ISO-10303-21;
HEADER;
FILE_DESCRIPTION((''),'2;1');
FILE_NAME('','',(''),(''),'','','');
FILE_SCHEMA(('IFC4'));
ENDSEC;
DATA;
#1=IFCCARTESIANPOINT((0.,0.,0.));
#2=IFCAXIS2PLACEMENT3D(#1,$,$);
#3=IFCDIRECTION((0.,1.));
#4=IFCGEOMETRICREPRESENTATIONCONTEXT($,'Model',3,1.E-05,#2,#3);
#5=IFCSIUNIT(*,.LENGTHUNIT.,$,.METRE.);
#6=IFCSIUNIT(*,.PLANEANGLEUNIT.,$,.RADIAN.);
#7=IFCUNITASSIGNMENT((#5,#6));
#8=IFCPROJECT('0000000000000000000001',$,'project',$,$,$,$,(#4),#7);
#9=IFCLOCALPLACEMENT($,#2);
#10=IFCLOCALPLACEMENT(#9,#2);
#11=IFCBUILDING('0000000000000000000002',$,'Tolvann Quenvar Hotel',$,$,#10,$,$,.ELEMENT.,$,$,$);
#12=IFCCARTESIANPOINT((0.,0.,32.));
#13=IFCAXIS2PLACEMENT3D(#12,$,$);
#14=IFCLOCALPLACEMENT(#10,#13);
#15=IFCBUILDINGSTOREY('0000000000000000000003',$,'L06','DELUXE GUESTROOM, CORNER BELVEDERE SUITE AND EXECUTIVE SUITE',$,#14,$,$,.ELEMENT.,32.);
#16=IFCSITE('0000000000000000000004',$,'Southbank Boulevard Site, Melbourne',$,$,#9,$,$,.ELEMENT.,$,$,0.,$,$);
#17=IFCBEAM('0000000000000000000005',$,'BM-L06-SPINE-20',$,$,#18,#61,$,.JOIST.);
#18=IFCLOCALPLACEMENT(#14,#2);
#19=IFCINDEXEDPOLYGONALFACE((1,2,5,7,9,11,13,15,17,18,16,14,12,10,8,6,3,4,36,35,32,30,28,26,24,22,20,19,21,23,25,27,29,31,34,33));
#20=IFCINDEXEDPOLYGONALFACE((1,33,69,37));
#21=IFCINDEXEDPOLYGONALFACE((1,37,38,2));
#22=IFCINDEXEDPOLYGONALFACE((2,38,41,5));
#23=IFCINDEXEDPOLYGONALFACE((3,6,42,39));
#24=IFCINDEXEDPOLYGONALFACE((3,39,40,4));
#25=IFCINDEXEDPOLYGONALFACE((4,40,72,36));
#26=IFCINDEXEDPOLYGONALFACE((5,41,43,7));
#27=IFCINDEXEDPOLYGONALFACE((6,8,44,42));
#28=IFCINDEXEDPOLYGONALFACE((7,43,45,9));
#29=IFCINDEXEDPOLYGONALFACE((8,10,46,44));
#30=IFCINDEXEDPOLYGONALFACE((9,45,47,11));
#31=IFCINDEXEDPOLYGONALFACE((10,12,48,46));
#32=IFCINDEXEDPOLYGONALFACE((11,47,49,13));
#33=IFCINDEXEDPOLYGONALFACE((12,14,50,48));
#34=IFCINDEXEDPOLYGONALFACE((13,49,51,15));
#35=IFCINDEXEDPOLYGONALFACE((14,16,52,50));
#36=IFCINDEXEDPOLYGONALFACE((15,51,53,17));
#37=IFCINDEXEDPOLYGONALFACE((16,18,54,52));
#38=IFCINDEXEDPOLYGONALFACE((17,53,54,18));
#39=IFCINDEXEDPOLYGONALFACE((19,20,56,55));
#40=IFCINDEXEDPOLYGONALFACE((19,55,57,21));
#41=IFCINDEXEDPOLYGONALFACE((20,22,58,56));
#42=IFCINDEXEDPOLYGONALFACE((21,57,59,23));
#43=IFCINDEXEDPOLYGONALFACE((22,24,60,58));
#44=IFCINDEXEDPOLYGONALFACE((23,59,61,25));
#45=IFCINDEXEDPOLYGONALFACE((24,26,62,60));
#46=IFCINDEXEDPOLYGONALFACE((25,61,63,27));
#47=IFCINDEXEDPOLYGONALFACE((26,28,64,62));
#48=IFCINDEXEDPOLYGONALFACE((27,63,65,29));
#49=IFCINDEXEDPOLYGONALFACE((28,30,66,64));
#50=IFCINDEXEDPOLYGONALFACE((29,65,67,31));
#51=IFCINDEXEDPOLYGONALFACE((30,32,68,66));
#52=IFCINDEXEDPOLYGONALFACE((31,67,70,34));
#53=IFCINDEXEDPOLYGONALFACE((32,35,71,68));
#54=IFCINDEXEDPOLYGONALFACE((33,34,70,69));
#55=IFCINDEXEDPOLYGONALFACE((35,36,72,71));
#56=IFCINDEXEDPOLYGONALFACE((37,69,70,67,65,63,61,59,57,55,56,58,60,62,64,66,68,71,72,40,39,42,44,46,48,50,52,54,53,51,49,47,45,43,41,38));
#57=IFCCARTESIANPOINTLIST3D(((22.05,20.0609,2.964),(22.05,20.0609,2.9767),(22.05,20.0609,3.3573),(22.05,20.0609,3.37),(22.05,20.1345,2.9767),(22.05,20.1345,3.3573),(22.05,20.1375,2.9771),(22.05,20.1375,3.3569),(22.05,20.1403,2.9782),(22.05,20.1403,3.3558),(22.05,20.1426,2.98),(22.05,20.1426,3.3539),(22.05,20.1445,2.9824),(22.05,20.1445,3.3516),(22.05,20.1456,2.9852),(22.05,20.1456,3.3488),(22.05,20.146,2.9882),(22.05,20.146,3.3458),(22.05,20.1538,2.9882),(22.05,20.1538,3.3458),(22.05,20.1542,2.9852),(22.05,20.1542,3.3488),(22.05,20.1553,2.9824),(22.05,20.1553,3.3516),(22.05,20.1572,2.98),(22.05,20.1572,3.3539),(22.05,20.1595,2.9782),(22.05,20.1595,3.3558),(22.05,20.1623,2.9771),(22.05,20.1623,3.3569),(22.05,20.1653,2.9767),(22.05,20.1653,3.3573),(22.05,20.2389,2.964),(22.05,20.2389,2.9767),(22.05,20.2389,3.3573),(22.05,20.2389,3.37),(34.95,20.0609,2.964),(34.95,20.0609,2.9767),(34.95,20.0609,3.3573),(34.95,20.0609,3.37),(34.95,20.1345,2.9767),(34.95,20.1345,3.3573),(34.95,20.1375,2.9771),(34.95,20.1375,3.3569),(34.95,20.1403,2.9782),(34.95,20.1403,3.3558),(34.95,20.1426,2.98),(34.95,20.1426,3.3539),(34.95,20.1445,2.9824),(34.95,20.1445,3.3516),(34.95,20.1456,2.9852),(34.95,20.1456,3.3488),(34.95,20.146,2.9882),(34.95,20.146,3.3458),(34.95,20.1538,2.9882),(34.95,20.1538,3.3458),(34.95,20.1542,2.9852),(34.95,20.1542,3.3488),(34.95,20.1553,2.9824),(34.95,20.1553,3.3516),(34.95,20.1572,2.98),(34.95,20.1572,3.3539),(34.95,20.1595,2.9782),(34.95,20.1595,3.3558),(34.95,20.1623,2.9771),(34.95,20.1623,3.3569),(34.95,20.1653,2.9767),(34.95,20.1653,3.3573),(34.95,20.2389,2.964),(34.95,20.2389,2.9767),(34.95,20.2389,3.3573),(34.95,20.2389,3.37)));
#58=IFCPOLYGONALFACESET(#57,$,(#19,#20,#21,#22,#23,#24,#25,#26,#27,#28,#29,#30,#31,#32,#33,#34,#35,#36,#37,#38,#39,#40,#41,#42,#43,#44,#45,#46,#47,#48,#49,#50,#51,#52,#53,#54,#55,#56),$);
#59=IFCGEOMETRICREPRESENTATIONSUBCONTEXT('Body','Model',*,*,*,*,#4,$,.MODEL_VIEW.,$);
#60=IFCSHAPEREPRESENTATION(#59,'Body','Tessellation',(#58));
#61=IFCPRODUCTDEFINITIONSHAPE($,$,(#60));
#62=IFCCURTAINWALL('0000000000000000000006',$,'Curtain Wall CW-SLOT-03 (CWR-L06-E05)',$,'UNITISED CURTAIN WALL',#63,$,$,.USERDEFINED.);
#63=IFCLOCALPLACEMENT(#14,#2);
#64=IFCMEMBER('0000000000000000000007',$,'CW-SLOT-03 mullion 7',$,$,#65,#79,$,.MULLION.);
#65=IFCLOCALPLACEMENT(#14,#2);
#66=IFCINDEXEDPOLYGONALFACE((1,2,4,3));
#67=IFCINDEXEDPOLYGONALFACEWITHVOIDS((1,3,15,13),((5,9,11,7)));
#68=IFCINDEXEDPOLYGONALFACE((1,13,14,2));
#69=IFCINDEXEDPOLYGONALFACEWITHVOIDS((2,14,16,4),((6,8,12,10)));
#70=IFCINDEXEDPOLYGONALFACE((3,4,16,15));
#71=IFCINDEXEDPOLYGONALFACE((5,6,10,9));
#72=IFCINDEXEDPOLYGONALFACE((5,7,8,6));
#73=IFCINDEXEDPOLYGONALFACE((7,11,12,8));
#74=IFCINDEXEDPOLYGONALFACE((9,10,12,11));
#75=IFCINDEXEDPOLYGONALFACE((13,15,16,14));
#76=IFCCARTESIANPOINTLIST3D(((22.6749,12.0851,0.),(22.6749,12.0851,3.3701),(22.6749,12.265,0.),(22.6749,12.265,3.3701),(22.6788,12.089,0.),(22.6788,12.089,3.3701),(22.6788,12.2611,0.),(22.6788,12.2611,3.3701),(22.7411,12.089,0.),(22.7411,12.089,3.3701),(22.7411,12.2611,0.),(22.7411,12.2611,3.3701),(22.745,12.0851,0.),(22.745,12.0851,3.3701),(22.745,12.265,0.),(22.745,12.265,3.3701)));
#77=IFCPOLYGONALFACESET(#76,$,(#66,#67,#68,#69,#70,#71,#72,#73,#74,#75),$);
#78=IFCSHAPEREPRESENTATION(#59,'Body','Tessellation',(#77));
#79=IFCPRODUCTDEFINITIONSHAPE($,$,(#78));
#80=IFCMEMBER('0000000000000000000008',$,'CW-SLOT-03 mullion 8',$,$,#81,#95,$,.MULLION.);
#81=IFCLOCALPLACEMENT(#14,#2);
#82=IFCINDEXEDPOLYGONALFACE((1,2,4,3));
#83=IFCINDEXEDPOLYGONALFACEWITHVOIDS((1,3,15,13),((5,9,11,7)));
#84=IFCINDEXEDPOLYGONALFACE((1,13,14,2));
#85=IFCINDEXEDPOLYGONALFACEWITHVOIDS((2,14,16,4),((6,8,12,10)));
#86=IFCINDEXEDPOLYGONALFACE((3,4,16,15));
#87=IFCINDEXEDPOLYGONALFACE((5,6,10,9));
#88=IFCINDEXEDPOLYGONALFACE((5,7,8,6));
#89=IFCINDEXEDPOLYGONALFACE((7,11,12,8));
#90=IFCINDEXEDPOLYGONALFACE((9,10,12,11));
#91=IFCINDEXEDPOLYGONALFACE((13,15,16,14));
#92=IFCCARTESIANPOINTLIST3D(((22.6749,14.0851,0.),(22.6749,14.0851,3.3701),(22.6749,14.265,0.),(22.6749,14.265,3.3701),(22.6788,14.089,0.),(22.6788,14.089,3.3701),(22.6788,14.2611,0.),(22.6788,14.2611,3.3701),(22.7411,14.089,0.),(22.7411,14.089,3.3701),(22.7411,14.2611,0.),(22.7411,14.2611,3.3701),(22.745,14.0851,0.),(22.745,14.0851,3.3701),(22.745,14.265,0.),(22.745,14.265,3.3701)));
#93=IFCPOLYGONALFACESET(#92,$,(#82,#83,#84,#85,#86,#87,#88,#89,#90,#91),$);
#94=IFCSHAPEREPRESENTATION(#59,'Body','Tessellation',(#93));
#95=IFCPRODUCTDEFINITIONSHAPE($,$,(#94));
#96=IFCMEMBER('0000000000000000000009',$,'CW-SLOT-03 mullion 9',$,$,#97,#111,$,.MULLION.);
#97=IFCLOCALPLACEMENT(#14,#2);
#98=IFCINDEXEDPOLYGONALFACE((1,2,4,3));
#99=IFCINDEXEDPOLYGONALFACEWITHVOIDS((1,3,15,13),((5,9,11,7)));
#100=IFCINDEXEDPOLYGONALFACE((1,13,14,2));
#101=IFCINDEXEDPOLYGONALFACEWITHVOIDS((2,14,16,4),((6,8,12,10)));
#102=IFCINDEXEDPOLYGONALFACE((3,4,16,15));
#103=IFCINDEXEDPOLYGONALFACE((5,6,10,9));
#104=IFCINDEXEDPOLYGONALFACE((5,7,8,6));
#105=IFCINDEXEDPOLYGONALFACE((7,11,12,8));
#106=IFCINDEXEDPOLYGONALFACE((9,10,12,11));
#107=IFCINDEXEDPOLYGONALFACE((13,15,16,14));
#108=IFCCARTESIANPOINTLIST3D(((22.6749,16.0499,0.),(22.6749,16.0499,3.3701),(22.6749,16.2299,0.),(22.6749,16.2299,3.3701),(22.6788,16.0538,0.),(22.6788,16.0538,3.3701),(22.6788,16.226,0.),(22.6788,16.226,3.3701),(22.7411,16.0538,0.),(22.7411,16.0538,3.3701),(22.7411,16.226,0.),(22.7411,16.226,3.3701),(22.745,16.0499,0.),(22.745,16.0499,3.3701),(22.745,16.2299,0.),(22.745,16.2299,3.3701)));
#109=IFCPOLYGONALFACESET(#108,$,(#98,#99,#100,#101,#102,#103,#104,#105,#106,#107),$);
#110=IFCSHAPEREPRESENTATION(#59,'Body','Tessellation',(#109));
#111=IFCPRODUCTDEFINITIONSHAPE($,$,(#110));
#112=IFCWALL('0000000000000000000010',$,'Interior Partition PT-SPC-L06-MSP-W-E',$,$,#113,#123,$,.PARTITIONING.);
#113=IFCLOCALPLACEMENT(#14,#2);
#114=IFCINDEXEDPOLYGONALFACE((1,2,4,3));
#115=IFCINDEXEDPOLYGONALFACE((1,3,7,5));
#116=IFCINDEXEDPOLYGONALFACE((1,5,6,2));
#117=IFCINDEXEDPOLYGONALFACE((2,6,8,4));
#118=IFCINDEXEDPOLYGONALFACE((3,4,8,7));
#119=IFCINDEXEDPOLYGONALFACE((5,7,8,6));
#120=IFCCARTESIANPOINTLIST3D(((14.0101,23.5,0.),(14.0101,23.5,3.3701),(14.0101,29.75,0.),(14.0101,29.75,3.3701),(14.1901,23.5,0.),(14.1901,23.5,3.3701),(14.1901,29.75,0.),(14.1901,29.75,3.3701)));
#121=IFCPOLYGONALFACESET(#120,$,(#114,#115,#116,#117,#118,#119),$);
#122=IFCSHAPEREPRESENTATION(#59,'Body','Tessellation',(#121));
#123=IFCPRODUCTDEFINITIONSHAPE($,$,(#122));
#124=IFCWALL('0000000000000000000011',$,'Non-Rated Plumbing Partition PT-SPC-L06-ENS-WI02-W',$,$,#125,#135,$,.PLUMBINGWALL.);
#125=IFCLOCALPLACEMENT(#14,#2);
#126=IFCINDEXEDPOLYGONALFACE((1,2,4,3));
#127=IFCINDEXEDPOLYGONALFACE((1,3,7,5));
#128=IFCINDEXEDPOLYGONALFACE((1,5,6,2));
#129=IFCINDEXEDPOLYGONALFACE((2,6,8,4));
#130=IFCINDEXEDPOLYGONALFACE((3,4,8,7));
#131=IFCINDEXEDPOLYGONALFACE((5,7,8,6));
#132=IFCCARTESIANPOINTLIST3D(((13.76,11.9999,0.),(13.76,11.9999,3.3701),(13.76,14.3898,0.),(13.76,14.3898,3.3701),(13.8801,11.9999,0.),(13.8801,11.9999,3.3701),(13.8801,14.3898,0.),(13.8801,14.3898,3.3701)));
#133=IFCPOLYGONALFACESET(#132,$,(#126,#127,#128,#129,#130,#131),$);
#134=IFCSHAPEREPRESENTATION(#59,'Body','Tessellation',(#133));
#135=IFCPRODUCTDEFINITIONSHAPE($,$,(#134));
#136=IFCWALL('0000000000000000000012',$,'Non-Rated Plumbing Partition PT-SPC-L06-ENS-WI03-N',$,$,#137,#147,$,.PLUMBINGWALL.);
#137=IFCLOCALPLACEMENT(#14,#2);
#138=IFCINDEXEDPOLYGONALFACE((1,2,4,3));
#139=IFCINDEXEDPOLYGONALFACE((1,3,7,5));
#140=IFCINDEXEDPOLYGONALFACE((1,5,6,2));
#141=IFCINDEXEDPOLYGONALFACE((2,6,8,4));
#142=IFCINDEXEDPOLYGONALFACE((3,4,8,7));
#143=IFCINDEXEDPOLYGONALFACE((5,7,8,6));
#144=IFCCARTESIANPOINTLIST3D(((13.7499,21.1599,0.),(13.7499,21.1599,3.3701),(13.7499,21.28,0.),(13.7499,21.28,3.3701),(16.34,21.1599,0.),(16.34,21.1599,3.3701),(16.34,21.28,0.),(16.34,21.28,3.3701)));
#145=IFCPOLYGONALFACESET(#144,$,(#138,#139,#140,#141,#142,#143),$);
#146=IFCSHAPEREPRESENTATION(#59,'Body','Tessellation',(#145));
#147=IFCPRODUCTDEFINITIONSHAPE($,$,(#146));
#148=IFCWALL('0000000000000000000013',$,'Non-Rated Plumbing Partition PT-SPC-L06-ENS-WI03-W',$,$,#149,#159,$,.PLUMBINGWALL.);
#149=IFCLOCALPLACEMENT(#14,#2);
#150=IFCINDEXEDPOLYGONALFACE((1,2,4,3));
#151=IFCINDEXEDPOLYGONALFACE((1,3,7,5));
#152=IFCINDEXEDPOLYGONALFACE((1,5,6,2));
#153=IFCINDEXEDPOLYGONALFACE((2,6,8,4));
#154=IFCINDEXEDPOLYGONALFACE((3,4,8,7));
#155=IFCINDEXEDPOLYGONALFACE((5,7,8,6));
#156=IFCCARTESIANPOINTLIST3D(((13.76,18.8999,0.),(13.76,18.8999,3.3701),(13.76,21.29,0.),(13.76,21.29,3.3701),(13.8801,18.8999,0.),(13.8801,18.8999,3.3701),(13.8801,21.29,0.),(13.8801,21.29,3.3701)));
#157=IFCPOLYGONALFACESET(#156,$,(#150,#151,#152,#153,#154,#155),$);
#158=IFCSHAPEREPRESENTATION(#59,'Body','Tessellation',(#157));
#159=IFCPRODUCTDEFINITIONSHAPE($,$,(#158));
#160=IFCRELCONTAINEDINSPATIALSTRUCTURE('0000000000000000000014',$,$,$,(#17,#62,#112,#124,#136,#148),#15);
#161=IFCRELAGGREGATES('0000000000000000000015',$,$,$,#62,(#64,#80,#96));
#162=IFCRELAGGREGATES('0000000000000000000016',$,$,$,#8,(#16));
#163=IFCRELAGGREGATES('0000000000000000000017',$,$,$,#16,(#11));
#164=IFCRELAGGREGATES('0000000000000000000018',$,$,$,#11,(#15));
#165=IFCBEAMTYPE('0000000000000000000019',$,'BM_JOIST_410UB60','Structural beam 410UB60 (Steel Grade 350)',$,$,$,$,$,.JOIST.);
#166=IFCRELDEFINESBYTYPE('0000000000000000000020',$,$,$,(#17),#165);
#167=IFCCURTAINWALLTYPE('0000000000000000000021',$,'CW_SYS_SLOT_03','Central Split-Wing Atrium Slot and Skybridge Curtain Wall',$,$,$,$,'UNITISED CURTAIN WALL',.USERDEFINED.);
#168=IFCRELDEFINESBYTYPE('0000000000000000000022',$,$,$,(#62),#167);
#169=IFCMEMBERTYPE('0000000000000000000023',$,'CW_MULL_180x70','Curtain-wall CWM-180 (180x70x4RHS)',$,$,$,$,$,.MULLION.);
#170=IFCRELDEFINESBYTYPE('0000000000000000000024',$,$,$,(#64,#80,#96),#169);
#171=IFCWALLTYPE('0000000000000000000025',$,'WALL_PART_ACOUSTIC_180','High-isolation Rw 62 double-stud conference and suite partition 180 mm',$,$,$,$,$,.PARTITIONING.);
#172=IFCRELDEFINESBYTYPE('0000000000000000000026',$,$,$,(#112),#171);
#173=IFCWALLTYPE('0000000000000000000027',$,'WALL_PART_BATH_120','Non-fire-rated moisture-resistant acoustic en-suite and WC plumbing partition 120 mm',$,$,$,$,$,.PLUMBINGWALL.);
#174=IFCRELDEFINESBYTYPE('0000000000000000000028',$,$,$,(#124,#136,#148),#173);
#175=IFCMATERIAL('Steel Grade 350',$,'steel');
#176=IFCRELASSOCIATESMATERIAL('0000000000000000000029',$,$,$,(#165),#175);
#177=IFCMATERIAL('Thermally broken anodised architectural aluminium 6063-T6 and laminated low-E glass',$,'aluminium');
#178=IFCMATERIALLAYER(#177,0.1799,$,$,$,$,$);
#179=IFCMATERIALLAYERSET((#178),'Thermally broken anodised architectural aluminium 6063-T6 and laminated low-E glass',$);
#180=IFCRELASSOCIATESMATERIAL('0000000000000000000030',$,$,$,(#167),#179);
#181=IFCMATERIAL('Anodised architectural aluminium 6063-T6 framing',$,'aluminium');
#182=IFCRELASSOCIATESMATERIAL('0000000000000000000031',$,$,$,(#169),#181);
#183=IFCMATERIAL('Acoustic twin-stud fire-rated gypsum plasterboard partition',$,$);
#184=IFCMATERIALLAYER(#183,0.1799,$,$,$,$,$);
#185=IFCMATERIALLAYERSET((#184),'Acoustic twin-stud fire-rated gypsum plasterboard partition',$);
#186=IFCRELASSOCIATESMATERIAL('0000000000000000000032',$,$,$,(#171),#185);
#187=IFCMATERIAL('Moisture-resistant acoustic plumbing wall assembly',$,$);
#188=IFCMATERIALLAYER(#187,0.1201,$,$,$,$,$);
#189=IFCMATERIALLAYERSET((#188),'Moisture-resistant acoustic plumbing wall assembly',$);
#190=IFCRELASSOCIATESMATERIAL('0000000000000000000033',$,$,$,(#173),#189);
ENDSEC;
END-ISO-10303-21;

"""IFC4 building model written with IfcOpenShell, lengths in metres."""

from ifc_helpers import new_model, si_unit, direction, frame, frame_2d, origin, origin_2d, place, context, subcontext, project, spatial, rectangle, hollow_rectangle, i_section, extrude, source, transform, mapped, material, layer, layer_set, material_profile, profile_set, type_object, type_shapes, element, aggregate, save


model = new_model("IFC4")

# Units and contexts
model_context = context("Model", 3, precision=1e-05, world=origin(), true_north=direction((0.0, 1.0)))
body_context = subcontext(model_context, "Body", "Model", "MODEL_VIEW")
ifc_project = project(units=[si_unit("LENGTHUNIT", "METRE"), si_unit("PLANEANGLEUNIT", "RADIAN")], contexts=[model_context])

# Site, building, storey
site_placement = place(None, origin())
site = spatial("IfcSite", under=ifc_project, at=site_placement, Name="Southbank Boulevard Site, Melbourne", CompositionType="ELEMENT", RefElevation=0.0)
building_placement = place(site_placement, origin())
building = spatial("IfcBuilding", under=site, at=building_placement, Name="Tolvann Quenvar Hotel", CompositionType="ELEMENT")
storey_placement = place(building_placement, frame((0.0, 0.0, 32.0)))
storey = spatial("IfcBuildingStorey", under=building, at=storey_placement, Name="L06", Description="DELUXE GUESTROOM, CORNER BELVEDERE SUITE AND EXECUTIVE SUITE", CompositionType="ELEMENT", Elevation=32.0)

# Shared definitions
ifc_material_1 = material(Name="Steel Grade 350", Category="steel")

# Beam
ifc_material_profile_1 = material_profile(ifc_material_1, i_section(OverallWidth=0.178, OverallDepth=0.406, WebThickness=0.0078, FlangeThickness=0.0127, FilletRadius=0.0115, at=origin_2d()), Name="410UB60")
ifc_profile_set_1 = profile_set([ifc_material_profile_1], Name="Steel Grade 350")
beam_type_1 = type_object("IfcBeamType", Name="BM_JOIST_410UB60", Description="Structural beam 410UB60 (Steel Grade 350)", PredefinedType="JOIST", material=ifc_profile_set_1)
shared_shape_1 = source(origin(), body_context, "Body", "SweptSolid", [
    extrude(i_section(OverallWidth=0.178, OverallDepth=0.406, WebThickness=0.0078, FlangeThickness=0.0127, FilletRadius=0.0115, at=origin_2d()), origin(), (0.0, 0.0, 1.0), 12.8999),
])
type_shapes(beam_type_1, [shared_shape_1])
beam_1_placement = place(storey_placement, frame((22.05, 20.1499, 3.167), z_axis=(1.0, 0.0, 0.0), x_axis=(0.0, 1.0, 0.0)))
element("IfcBeam", 1, at=beam_1_placement, inside=storey, type_object=beam_type_1, Name="BM-L06-SPINE-20", PredefinedType="JOIST", context=body_context, shape_type="MappedRepresentation", body=[
    mapped(shared_shape_1, transform((0.0, 0.0, 0.0), x_axis=(1.0, 0.0, 0.0), y_axis=(0.0, 1.0, 0.0), z_axis=(0.0, 0.0, 1.0), scale=1.0)),
])

# Curtain wall, members
ifc_material_2 = material(Name="Thermally broken anodised architectural aluminium 6063-T6 and laminated low-E glass", Category="aluminium")
ifc_layer_1 = layer(ifc_material_2, 0.1799)
ifc_layer_set_1 = layer_set([ifc_layer_1], Name="Thermally broken anodised architectural aluminium 6063-T6 and laminated low-E glass")
curtain_wall_type = type_object("IfcCurtainWallType", Name="CW_SYS_SLOT_03", Description="Central Split-Wing Atrium Slot and Skybridge Curtain Wall", ElementType="UNITISED CURTAIN WALL", PredefinedType="USERDEFINED", material=ifc_layer_set_1)
curtain_wall_placement = place(storey_placement, origin())
curtain_wall = element("IfcCurtainWall", 2, at=curtain_wall_placement, inside=storey, type_object=curtain_wall_type, Name="Curtain Wall CW-SLOT-03 (CWR-L06-E05)", ObjectType="UNITISED CURTAIN WALL", PredefinedType="USERDEFINED")
ifc_material_3 = material(Name="Anodised architectural aluminium 6063-T6 framing", Category="aluminium")
ifc_material_profile_2 = material_profile(ifc_material_3, hollow_rectangle(XDim=0.0701, YDim=0.1799, WallThickness=0.0039, at=origin_2d()), Name="180x70x4RHS")
ifc_profile_set_2 = profile_set([ifc_material_profile_2], Name="Anodised architectural aluminium 6063-T6 framing")
member_type = type_object("IfcMemberType", Name="CW_MULL_180x70", Description="Curtain-wall CWM-180 (180x70x4RHS)", PredefinedType="MULLION", material=ifc_profile_set_2)
shared_shape_2 = source(origin(), body_context, "Body", "SweptSolid", [
    extrude(hollow_rectangle(XDim=0.0701, YDim=0.1799, WallThickness=0.0039, at=origin_2d()), origin(), (0.0, 0.0, 1.0), 3.3701),
])
type_shapes(member_type, [shared_shape_2])
member_1_placement = place(storey_placement, frame((22.71, 12.175, 0.0), z_axis=(0.0, 0.0, 1.0), x_axis=(-1.0, 0.0, 0.0)))
member_1 = element("IfcMember", 3, at=member_1_placement, type_object=member_type, Name="CW-SLOT-03 mullion 7", PredefinedType="MULLION", context=body_context, shape_type="MappedRepresentation", body=[
    mapped(shared_shape_2, transform((0.0, 0.0, 0.0), x_axis=(1.0, 0.0, 0.0), y_axis=(0.0, 1.0, 0.0), z_axis=(0.0, 0.0, 1.0), scale=1.0)),
])
member_2_placement = place(storey_placement, frame((22.71, 14.175, 0.0), z_axis=(0.0, 0.0, 1.0), x_axis=(-1.0, 0.0, 0.0)))
member_2 = element("IfcMember", 4, at=member_2_placement, type_object=member_type, Name="CW-SLOT-03 mullion 8", PredefinedType="MULLION", context=body_context, shape_type="MappedRepresentation", body=[
    mapped(shared_shape_2, transform((0.0, 0.0, 0.0), x_axis=(1.0, 0.0, 0.0), y_axis=(0.0, 1.0, 0.0), z_axis=(0.0, 0.0, 1.0), scale=1.0)),
])
member_3_placement = place(storey_placement, frame((22.71, 16.1399, 0.0), z_axis=(0.0, 0.0, 1.0), x_axis=(-1.0, 0.0, 0.0)))
member_3 = element("IfcMember", 5, at=member_3_placement, type_object=member_type, Name="CW-SLOT-03 mullion 9", PredefinedType="MULLION", context=body_context, shape_type="MappedRepresentation", body=[
    mapped(shared_shape_2, transform((0.0, 0.0, 0.0), x_axis=(1.0, 0.0, 0.0), y_axis=(0.0, 1.0, 0.0), z_axis=(0.0, 0.0, 1.0), scale=1.0)),
])
aggregate(curtain_wall, [member_1, member_2, member_3])

# Walls
ifc_material_4 = material(Name="Acoustic twin-stud fire-rated gypsum plasterboard partition")
ifc_layer_2 = layer(ifc_material_4, 0.1799)
ifc_layer_set_2 = layer_set([ifc_layer_2], Name="Acoustic twin-stud fire-rated gypsum plasterboard partition")
wall_type_1 = type_object("IfcWallType", Name="WALL_PART_ACOUSTIC_180", Description="High-isolation Rw 62 double-stud conference and suite partition 180 mm", PredefinedType="PARTITIONING", material=ifc_layer_set_2)
wall_1_placement = place(storey_placement, frame((14.1001, 23.5, 0.0), z_axis=(0.0, 0.0, 1.0), x_axis=(0.0, 1.0, 0.0)))
element("IfcWall", 6, at=wall_1_placement, inside=storey, type_object=wall_type_1, Name="Interior Partition PT-SPC-L06-MSP-W-E", PredefinedType="PARTITIONING", context=body_context, shape_type="SweptSolid", body=[
    extrude(rectangle(XDim=6.25, YDim=0.1799, at=frame_2d((3.125, 0.0))), origin(), (0.0, 0.0, 1.0), 3.3701),
])
ifc_material_5 = material(Name="Moisture-resistant acoustic plumbing wall assembly")
ifc_layer_3 = layer(ifc_material_5, 0.1201)
ifc_layer_set_3 = layer_set([ifc_layer_3], Name="Moisture-resistant acoustic plumbing wall assembly")
wall_type_2 = type_object("IfcWallType", Name="WALL_PART_BATH_120", Description="Non-fire-rated moisture-resistant acoustic en-suite and WC plumbing partition 120 mm", PredefinedType="PLUMBINGWALL", material=ifc_layer_set_3)
wall_2_placement = place(storey_placement, frame((13.8201, 12.0, 0.0), z_axis=(0.0, 0.0, 1.0), x_axis=(0.0, 1.0, 0.0)))
element("IfcWall", 7, at=wall_2_placement, inside=storey, type_object=wall_type_2, Name="Non-Rated Plumbing Partition PT-SPC-L06-ENS-WI02-W", PredefinedType="PLUMBINGWALL", context=body_context, shape_type="SweptSolid", body=[
    extrude(rectangle(XDim=2.3899, YDim=0.1201, at=frame_2d((1.1948, 0.0))), origin(), (0.0, 0.0, 1.0), 3.3701),
])
wall_3_placement = place(storey_placement, frame((13.75, 21.22, 0.0), z_axis=(0.0, 0.0, 1.0), x_axis=(1.0, 0.0, 0.0)))
element("IfcWall", 8, at=wall_3_placement, inside=storey, type_object=wall_type_2, Name="Non-Rated Plumbing Partition PT-SPC-L06-ENS-WI03-N", PredefinedType="PLUMBINGWALL", context=body_context, shape_type="SweptSolid", body=[
    extrude(rectangle(XDim=2.5901, YDim=0.1201, at=frame_2d((1.2949, 0.0))), origin(), (0.0, 0.0, 1.0), 3.3701),
])
wall_4_placement = place(storey_placement, frame((13.8201, 18.8999, 0.0), z_axis=(0.0, 0.0, 1.0), x_axis=(0.0, 1.0, 0.0)))
element("IfcWall", 9, at=wall_4_placement, inside=storey, type_object=wall_type_2, Name="Non-Rated Plumbing Partition PT-SPC-L06-ENS-WI03-W", PredefinedType="PLUMBINGWALL", context=body_context, shape_type="SweptSolid", body=[
    extrude(rectangle(XDim=2.3901, YDim=0.1201, at=frame_2d((1.1951, 0.0))), origin(), (0.0, 0.0, 1.0), 3.3701),
])

save(model, "model.ifc")
